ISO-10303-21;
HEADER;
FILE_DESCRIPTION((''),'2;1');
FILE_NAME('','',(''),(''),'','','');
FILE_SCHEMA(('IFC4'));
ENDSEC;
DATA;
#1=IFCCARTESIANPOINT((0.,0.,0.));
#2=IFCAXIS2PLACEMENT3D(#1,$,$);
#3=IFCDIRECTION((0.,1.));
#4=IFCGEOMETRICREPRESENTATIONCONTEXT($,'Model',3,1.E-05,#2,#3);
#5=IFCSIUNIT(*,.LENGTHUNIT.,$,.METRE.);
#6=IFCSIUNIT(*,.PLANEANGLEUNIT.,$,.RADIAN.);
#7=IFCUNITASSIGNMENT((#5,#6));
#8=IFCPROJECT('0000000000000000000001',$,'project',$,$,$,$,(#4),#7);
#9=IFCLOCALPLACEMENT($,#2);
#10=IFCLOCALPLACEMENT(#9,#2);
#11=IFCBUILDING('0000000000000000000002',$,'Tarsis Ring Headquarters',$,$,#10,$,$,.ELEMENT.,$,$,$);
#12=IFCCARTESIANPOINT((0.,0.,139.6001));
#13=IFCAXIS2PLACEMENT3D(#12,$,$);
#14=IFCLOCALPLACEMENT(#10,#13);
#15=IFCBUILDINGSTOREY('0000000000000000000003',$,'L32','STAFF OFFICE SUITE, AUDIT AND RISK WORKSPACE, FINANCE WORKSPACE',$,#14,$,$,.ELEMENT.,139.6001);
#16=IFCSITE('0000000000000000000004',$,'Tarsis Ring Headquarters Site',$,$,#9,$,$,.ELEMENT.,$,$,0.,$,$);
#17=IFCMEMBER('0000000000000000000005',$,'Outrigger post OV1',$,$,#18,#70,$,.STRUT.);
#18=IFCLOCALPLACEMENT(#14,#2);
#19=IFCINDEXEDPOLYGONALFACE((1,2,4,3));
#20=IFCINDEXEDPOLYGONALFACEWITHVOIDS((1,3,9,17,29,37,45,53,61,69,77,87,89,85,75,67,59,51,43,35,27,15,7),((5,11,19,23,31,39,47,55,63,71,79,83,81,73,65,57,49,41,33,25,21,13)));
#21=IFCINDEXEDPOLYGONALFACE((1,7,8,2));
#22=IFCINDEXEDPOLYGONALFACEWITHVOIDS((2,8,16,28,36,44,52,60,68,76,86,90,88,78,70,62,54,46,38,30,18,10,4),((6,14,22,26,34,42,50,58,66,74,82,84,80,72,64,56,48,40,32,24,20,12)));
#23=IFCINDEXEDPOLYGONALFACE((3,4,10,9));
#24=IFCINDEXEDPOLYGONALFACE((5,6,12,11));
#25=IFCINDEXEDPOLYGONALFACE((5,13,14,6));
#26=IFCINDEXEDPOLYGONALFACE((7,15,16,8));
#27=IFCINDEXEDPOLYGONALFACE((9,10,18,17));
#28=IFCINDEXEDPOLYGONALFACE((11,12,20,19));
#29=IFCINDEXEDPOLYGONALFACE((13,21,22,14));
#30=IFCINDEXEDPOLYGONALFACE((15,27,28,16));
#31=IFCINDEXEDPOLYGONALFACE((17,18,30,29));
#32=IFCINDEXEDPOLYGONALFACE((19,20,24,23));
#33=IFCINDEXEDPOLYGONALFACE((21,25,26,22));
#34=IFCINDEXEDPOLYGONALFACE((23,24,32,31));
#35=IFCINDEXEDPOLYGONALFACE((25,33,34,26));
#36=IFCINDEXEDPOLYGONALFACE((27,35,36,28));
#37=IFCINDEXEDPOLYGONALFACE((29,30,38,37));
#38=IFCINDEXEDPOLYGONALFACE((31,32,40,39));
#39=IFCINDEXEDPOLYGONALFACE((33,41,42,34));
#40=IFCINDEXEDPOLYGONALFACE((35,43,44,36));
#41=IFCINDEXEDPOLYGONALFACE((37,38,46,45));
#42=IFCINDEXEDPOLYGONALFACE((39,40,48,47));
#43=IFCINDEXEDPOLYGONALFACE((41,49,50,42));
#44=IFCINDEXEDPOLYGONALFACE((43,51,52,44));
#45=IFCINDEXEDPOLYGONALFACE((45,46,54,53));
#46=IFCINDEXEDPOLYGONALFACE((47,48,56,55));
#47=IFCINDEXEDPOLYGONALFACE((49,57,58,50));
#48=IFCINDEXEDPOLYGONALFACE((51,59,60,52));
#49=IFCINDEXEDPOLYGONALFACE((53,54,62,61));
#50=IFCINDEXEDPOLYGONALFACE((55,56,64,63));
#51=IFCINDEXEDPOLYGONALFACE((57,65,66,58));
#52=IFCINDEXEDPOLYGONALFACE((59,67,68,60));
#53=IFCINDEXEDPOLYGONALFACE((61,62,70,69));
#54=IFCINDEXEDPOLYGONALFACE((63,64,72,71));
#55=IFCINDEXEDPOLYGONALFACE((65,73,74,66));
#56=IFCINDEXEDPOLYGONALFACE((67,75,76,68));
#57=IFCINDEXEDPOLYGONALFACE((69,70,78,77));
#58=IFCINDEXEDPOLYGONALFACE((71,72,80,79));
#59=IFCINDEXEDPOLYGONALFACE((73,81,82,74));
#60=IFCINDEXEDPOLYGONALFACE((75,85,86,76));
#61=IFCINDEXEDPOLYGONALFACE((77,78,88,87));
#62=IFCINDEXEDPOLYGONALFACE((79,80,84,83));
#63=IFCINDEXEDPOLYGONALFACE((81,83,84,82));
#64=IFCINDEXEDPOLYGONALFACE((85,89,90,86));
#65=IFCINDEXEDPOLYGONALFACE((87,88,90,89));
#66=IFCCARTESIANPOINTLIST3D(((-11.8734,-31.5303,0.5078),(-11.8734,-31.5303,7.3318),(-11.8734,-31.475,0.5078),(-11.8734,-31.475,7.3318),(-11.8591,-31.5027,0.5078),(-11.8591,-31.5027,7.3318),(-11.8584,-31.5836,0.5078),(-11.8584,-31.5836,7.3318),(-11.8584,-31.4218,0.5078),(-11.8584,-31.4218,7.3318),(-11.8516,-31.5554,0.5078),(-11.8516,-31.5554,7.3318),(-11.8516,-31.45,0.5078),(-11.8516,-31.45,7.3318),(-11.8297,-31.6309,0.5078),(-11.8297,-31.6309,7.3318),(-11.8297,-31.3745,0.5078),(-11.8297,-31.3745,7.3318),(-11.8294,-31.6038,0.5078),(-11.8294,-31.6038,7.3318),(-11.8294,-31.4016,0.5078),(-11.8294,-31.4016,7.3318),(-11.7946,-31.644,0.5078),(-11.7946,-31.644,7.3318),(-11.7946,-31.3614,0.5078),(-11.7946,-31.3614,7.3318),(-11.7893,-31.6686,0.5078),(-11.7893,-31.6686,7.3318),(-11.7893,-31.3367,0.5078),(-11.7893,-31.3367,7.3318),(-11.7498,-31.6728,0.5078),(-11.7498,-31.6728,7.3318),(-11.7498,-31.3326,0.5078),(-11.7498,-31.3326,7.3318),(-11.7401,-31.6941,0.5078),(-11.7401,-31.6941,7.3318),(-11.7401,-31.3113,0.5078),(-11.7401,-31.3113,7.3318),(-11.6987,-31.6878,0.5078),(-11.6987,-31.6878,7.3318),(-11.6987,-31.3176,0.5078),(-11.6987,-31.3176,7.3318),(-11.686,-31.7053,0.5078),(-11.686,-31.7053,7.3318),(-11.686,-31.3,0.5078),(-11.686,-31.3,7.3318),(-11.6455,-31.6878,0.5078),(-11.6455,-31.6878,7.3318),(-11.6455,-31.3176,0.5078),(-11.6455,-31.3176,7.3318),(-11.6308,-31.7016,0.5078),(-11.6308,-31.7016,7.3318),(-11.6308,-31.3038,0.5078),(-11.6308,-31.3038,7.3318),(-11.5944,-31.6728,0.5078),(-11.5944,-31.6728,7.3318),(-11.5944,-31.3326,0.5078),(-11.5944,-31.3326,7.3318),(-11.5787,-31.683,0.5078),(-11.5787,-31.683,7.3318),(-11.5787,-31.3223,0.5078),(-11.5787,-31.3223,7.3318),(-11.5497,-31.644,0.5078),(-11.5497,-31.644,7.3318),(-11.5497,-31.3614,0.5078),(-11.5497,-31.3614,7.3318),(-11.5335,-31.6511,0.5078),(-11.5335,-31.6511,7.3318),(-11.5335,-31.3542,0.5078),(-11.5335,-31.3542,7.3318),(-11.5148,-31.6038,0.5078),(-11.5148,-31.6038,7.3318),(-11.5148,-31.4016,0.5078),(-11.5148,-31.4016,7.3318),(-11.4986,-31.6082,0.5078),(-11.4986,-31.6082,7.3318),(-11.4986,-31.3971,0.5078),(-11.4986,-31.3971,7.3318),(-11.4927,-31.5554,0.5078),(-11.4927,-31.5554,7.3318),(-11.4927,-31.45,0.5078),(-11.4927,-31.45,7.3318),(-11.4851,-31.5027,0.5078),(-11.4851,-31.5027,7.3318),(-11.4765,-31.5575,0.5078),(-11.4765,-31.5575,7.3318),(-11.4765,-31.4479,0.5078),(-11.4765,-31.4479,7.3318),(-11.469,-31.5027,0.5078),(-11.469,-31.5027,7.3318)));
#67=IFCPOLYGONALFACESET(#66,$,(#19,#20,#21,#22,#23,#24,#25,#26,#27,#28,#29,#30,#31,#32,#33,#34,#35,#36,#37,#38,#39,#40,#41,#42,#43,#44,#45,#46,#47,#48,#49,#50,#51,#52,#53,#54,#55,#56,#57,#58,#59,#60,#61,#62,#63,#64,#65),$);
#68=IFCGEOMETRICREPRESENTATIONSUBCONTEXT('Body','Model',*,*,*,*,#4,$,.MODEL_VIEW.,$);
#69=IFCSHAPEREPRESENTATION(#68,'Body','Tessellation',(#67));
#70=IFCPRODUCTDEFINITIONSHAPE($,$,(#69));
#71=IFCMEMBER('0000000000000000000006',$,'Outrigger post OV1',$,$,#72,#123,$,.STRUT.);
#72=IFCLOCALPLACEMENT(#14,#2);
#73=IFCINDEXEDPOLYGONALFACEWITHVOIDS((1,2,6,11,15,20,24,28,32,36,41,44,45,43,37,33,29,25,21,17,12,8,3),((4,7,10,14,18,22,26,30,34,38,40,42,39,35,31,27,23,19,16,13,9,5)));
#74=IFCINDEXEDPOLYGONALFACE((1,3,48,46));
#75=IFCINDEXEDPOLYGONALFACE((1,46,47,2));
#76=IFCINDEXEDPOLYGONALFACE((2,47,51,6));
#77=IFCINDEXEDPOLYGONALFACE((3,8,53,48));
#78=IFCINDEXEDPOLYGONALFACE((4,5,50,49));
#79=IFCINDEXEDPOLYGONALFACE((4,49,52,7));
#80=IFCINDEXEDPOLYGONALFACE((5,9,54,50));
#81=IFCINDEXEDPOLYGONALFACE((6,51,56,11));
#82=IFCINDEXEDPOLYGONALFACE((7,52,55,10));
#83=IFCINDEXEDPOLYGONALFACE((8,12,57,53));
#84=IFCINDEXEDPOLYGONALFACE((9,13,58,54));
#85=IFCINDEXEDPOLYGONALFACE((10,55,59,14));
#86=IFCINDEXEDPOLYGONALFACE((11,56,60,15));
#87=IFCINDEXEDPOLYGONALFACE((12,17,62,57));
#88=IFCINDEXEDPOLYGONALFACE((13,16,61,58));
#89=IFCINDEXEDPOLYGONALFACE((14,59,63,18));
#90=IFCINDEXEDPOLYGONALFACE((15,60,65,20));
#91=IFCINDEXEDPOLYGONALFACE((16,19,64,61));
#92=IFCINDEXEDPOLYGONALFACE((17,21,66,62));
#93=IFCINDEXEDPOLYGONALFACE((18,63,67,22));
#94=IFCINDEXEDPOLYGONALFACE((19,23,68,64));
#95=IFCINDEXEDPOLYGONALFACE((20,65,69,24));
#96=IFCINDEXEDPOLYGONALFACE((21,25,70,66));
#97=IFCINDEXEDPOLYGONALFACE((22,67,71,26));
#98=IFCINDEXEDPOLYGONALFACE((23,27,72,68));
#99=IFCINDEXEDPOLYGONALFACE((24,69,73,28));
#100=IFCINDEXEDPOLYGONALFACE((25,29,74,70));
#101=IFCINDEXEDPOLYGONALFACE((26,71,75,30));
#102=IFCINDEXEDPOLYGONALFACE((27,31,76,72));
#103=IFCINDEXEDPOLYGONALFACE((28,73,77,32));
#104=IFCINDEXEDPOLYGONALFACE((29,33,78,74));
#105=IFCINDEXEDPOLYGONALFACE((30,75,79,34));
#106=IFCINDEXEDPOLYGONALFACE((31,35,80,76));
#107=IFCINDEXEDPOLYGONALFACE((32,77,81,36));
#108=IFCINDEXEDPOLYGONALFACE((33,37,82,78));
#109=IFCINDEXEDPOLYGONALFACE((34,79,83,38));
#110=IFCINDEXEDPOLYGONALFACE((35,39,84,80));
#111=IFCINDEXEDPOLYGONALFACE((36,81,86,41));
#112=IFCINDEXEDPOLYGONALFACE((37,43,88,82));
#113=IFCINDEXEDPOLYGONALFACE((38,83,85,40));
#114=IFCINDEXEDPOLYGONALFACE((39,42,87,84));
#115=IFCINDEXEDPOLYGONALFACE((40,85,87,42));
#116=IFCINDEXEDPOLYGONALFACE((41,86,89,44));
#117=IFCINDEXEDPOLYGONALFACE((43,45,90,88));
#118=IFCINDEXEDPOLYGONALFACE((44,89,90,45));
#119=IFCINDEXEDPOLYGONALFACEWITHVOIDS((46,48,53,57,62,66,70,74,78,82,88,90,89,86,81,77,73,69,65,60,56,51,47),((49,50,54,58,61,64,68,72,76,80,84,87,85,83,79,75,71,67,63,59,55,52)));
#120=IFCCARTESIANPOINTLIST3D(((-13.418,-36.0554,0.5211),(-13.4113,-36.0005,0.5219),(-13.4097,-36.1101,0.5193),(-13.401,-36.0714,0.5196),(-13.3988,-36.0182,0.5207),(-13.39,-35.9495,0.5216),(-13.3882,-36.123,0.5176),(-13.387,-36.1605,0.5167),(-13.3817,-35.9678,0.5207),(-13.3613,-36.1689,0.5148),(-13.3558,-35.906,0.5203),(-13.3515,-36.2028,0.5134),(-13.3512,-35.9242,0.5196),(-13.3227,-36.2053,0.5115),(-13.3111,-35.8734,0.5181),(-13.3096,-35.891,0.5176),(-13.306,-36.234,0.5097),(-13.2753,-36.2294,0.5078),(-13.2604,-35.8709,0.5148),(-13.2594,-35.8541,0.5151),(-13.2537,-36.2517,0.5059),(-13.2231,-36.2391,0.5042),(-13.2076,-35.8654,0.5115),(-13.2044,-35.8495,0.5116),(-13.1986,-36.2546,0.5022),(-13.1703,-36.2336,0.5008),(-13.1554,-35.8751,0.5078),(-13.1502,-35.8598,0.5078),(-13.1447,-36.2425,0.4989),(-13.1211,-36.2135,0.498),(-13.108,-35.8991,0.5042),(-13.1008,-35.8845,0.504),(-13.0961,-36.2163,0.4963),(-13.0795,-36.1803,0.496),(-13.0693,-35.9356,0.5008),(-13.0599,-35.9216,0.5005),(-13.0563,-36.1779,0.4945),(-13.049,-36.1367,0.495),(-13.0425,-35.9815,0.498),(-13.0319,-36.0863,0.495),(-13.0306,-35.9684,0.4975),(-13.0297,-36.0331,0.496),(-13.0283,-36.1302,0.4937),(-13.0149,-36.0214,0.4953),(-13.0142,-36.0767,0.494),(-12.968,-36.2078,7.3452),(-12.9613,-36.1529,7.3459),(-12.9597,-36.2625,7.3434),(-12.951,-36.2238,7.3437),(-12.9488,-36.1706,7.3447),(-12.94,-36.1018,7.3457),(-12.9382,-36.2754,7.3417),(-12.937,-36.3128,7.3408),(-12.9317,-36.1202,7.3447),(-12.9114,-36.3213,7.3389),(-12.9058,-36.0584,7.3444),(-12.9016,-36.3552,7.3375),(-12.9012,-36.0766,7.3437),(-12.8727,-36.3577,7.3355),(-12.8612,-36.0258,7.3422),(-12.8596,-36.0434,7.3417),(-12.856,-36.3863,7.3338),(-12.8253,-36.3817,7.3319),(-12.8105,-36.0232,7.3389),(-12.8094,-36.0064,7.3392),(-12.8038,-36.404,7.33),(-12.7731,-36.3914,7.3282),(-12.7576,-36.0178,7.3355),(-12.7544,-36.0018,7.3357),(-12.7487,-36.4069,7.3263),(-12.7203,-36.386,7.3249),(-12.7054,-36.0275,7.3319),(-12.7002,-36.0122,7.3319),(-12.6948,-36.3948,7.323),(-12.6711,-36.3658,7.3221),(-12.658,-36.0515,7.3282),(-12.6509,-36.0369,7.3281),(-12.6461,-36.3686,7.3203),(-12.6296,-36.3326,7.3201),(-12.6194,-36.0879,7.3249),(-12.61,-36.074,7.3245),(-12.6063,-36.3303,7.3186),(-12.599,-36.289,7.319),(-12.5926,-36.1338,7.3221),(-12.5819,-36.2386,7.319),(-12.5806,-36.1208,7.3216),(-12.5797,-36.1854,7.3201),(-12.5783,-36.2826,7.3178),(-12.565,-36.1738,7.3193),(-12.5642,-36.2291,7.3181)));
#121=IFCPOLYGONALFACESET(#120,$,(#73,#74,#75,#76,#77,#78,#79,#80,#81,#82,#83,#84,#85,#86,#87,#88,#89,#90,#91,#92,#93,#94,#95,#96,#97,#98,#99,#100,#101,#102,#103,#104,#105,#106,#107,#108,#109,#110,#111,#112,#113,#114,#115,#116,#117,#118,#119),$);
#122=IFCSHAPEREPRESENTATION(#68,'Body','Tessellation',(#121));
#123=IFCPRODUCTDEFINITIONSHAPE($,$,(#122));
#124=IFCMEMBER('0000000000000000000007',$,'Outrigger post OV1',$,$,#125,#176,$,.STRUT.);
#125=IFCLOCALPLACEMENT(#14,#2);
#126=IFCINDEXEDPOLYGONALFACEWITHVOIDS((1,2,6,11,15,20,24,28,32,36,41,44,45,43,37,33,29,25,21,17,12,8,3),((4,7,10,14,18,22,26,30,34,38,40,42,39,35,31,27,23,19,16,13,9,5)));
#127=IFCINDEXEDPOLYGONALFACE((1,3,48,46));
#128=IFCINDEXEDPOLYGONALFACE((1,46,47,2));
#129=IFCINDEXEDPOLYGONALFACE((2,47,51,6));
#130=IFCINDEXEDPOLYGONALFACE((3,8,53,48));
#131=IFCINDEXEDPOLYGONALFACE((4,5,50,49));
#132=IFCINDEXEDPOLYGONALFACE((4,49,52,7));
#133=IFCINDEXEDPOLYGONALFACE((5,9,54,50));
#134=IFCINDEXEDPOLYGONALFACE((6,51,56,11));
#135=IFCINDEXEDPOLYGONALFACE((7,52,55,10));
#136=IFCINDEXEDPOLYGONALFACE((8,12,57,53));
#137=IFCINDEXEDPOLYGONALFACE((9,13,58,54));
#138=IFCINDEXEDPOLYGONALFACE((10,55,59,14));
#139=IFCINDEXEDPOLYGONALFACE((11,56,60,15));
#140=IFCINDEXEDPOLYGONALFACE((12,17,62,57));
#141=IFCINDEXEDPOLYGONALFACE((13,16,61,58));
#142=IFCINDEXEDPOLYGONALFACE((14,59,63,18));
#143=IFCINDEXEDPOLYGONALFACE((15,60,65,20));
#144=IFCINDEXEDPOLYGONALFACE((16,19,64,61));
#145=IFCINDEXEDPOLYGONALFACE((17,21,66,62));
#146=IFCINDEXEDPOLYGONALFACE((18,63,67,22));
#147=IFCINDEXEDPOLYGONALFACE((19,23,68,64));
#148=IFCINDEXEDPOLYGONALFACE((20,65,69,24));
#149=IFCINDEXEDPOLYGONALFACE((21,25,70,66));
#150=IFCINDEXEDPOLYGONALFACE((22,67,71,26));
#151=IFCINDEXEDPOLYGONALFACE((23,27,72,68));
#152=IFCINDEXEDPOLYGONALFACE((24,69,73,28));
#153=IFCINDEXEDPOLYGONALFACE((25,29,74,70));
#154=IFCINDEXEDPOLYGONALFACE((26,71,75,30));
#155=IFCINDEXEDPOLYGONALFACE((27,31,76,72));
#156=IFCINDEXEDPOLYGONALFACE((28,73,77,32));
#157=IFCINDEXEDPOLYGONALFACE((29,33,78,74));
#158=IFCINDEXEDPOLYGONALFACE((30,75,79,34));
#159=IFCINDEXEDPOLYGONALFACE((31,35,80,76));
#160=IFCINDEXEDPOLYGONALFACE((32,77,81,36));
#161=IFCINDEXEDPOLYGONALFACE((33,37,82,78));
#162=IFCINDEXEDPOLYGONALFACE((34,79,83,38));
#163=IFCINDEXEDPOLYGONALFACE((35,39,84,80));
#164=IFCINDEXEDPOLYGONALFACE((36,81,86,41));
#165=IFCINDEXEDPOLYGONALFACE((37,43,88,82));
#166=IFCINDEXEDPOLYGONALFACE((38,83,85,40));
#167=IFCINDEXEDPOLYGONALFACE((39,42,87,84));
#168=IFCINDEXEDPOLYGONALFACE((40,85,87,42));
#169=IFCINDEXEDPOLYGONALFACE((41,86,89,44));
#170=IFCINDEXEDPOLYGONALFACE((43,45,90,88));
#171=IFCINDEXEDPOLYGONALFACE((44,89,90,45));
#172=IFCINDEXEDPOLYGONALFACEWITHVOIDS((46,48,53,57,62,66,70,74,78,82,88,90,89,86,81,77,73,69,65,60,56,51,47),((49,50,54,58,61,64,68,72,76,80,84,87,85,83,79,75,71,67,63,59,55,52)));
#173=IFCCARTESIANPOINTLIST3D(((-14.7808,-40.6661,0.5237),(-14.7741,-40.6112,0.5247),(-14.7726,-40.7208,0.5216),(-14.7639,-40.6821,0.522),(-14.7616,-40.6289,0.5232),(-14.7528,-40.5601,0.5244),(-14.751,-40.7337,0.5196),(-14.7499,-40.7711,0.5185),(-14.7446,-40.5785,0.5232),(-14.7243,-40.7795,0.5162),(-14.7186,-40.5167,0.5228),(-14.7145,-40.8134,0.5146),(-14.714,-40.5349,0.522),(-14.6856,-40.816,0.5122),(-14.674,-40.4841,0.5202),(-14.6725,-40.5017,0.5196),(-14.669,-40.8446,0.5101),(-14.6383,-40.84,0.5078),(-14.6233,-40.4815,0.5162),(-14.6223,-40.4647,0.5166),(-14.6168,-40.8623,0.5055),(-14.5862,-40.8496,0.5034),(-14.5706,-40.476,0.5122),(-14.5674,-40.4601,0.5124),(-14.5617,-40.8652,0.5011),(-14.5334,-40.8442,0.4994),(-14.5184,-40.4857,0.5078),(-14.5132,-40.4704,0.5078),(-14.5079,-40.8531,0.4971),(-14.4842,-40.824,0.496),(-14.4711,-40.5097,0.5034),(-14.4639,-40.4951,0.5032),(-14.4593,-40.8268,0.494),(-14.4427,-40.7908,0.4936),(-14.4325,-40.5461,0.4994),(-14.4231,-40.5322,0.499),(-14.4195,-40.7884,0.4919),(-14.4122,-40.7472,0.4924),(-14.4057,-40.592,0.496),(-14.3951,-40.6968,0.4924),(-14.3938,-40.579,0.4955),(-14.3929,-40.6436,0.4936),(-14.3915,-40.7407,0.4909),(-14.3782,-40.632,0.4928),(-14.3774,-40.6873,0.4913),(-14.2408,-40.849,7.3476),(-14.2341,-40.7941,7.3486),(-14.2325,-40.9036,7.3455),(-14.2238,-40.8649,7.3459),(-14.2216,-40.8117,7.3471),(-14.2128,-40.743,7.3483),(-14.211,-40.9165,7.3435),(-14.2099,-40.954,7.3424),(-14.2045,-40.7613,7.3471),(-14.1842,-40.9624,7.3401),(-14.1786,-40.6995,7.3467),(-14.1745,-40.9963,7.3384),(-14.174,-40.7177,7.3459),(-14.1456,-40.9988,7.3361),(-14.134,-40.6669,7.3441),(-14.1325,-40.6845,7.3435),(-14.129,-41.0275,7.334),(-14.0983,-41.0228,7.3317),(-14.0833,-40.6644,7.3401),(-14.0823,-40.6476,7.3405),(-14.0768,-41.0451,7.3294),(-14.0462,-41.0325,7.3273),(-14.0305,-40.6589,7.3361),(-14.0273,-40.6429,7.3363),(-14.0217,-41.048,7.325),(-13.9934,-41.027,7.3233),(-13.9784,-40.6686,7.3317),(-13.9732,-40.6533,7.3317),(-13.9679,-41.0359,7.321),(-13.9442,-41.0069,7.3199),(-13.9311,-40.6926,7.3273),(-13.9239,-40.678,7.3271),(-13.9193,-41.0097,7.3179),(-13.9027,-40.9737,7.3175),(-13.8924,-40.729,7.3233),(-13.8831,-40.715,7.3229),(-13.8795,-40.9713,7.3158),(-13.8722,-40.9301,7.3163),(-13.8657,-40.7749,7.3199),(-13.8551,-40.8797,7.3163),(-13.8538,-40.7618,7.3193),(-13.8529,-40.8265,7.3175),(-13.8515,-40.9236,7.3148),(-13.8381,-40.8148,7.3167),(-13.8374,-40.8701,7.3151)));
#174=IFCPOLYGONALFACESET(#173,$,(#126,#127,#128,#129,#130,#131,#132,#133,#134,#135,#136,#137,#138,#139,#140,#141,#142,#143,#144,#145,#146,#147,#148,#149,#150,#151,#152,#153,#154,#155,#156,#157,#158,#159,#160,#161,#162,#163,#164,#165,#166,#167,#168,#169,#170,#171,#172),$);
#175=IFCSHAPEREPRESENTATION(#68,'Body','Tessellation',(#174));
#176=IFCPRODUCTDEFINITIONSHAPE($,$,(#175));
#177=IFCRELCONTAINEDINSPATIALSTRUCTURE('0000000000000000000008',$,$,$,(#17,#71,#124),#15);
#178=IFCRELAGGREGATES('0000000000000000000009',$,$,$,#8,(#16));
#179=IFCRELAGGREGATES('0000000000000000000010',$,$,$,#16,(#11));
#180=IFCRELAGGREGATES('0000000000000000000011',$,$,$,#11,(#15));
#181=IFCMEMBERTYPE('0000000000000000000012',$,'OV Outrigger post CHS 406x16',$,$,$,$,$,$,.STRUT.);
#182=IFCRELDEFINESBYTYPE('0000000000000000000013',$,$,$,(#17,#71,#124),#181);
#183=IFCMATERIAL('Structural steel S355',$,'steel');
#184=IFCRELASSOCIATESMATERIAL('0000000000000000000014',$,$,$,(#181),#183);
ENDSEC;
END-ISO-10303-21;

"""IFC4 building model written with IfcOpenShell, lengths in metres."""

from ifc_helpers import new_model, si_unit, direction, frame, origin, origin_2d, place, context, subcontext, project, spatial, hollow_circle, extrude, material, material_profile, profile_set, type_object, element, save


model = new_model("IFC4")

# Units and contexts
model_context = context("Model", 3, precision=1e-05, world=origin(), true_north=direction((0.0, 1.0)))
body_context = subcontext(model_context, "Body", "Model", "MODEL_VIEW")
ifc_project = project(units=[si_unit("LENGTHUNIT", "METRE"), si_unit("PLANEANGLEUNIT", "RADIAN")], contexts=[model_context])

# Site, building, storey
site_placement = place(None, origin())
site = spatial("IfcSite", under=ifc_project, at=site_placement, Name="Tarsis Ring Headquarters Site", CompositionType="ELEMENT", RefElevation=0.0)
building_placement = place(site_placement, origin())
building = spatial("IfcBuilding", under=site, at=building_placement, Name="Tarsis Ring Headquarters", CompositionType="ELEMENT")
storey_placement = place(building_placement, frame((0.0, 0.0, 139.6001)))
storey = spatial("IfcBuildingStorey", under=building, at=storey_placement, Name="L32", Description="STAFF OFFICE SUITE, AUDIT AND RISK WORKSPACE, FINANCE WORKSPACE", CompositionType="ELEMENT", Elevation=139.6001)

# Members
ifc_material_1 = material(Name="Structural steel S355", Category="steel")
ifc_material_profile_1 = material_profile(ifc_material_1, hollow_circle(Radius=0.2031, WallThickness=0.0161, at=origin_2d()), Name="CHS 406x16")
ifc_profile_set_1 = profile_set([ifc_material_profile_1], Name="Structural steel S355")
member_type_1 = type_object("IfcMemberType", Name="OV Outrigger post CHS 406x16", PredefinedType="STRUT", material=ifc_profile_set_1)
member_1_placement = place(storey_placement, frame((-11.6721, -31.5027, 0.5078), z_axis=(0.0, 0.0, 1.0), x_axis=(1.0, 0.0, 0.0)))
element("IfcMember", 1, at=member_1_placement, inside=storey, type_object=member_type_1, Name="Outrigger post OV1", PredefinedType="STRUT", context=body_context, shape_type="SweptSolid", body=[
    extrude(hollow_circle(Radius=0.2031, WallThickness=0.0161, at=origin_2d()), origin(), (0.0, 0.0, 1.0), 6.824),
])
member_2_placement = place(storey_placement, frame((-13.2153, -36.0522, 0.5078), z_axis=(0.065778, -0.022271, 0.997586), x_axis=(0.320695, 0.947182, 0.0)))
element("IfcMember", 2, at=member_2_placement, inside=storey, type_object=member_type_1, Name="Outrigger post OV1", PredefinedType="STRUT", context=body_context, shape_type="SweptSolid", body=[
    extrude(hollow_circle(Radius=0.2031, WallThickness=0.0161, at=origin_2d()), origin(), (0.0, 0.0, 1.0), 6.8406),
])
member_3_placement = place(storey_placement, frame((-14.5784, -40.6628, 0.5078), z_axis=(0.078864, -0.026704, 0.996528), x_axis=(0.32072, 0.947174, 0.0)))
element("IfcMember", 3, at=member_3_placement, inside=storey, type_object=member_type_1, Name="Outrigger post OV1", PredefinedType="STRUT", context=body_context, shape_type="SweptSolid", body=[
    extrude(hollow_circle(Radius=0.2031, WallThickness=0.0161, at=origin_2d()), origin(), (0.0, 0.0, 1.0), 6.8477),
])

save(model, "model.ifc")
